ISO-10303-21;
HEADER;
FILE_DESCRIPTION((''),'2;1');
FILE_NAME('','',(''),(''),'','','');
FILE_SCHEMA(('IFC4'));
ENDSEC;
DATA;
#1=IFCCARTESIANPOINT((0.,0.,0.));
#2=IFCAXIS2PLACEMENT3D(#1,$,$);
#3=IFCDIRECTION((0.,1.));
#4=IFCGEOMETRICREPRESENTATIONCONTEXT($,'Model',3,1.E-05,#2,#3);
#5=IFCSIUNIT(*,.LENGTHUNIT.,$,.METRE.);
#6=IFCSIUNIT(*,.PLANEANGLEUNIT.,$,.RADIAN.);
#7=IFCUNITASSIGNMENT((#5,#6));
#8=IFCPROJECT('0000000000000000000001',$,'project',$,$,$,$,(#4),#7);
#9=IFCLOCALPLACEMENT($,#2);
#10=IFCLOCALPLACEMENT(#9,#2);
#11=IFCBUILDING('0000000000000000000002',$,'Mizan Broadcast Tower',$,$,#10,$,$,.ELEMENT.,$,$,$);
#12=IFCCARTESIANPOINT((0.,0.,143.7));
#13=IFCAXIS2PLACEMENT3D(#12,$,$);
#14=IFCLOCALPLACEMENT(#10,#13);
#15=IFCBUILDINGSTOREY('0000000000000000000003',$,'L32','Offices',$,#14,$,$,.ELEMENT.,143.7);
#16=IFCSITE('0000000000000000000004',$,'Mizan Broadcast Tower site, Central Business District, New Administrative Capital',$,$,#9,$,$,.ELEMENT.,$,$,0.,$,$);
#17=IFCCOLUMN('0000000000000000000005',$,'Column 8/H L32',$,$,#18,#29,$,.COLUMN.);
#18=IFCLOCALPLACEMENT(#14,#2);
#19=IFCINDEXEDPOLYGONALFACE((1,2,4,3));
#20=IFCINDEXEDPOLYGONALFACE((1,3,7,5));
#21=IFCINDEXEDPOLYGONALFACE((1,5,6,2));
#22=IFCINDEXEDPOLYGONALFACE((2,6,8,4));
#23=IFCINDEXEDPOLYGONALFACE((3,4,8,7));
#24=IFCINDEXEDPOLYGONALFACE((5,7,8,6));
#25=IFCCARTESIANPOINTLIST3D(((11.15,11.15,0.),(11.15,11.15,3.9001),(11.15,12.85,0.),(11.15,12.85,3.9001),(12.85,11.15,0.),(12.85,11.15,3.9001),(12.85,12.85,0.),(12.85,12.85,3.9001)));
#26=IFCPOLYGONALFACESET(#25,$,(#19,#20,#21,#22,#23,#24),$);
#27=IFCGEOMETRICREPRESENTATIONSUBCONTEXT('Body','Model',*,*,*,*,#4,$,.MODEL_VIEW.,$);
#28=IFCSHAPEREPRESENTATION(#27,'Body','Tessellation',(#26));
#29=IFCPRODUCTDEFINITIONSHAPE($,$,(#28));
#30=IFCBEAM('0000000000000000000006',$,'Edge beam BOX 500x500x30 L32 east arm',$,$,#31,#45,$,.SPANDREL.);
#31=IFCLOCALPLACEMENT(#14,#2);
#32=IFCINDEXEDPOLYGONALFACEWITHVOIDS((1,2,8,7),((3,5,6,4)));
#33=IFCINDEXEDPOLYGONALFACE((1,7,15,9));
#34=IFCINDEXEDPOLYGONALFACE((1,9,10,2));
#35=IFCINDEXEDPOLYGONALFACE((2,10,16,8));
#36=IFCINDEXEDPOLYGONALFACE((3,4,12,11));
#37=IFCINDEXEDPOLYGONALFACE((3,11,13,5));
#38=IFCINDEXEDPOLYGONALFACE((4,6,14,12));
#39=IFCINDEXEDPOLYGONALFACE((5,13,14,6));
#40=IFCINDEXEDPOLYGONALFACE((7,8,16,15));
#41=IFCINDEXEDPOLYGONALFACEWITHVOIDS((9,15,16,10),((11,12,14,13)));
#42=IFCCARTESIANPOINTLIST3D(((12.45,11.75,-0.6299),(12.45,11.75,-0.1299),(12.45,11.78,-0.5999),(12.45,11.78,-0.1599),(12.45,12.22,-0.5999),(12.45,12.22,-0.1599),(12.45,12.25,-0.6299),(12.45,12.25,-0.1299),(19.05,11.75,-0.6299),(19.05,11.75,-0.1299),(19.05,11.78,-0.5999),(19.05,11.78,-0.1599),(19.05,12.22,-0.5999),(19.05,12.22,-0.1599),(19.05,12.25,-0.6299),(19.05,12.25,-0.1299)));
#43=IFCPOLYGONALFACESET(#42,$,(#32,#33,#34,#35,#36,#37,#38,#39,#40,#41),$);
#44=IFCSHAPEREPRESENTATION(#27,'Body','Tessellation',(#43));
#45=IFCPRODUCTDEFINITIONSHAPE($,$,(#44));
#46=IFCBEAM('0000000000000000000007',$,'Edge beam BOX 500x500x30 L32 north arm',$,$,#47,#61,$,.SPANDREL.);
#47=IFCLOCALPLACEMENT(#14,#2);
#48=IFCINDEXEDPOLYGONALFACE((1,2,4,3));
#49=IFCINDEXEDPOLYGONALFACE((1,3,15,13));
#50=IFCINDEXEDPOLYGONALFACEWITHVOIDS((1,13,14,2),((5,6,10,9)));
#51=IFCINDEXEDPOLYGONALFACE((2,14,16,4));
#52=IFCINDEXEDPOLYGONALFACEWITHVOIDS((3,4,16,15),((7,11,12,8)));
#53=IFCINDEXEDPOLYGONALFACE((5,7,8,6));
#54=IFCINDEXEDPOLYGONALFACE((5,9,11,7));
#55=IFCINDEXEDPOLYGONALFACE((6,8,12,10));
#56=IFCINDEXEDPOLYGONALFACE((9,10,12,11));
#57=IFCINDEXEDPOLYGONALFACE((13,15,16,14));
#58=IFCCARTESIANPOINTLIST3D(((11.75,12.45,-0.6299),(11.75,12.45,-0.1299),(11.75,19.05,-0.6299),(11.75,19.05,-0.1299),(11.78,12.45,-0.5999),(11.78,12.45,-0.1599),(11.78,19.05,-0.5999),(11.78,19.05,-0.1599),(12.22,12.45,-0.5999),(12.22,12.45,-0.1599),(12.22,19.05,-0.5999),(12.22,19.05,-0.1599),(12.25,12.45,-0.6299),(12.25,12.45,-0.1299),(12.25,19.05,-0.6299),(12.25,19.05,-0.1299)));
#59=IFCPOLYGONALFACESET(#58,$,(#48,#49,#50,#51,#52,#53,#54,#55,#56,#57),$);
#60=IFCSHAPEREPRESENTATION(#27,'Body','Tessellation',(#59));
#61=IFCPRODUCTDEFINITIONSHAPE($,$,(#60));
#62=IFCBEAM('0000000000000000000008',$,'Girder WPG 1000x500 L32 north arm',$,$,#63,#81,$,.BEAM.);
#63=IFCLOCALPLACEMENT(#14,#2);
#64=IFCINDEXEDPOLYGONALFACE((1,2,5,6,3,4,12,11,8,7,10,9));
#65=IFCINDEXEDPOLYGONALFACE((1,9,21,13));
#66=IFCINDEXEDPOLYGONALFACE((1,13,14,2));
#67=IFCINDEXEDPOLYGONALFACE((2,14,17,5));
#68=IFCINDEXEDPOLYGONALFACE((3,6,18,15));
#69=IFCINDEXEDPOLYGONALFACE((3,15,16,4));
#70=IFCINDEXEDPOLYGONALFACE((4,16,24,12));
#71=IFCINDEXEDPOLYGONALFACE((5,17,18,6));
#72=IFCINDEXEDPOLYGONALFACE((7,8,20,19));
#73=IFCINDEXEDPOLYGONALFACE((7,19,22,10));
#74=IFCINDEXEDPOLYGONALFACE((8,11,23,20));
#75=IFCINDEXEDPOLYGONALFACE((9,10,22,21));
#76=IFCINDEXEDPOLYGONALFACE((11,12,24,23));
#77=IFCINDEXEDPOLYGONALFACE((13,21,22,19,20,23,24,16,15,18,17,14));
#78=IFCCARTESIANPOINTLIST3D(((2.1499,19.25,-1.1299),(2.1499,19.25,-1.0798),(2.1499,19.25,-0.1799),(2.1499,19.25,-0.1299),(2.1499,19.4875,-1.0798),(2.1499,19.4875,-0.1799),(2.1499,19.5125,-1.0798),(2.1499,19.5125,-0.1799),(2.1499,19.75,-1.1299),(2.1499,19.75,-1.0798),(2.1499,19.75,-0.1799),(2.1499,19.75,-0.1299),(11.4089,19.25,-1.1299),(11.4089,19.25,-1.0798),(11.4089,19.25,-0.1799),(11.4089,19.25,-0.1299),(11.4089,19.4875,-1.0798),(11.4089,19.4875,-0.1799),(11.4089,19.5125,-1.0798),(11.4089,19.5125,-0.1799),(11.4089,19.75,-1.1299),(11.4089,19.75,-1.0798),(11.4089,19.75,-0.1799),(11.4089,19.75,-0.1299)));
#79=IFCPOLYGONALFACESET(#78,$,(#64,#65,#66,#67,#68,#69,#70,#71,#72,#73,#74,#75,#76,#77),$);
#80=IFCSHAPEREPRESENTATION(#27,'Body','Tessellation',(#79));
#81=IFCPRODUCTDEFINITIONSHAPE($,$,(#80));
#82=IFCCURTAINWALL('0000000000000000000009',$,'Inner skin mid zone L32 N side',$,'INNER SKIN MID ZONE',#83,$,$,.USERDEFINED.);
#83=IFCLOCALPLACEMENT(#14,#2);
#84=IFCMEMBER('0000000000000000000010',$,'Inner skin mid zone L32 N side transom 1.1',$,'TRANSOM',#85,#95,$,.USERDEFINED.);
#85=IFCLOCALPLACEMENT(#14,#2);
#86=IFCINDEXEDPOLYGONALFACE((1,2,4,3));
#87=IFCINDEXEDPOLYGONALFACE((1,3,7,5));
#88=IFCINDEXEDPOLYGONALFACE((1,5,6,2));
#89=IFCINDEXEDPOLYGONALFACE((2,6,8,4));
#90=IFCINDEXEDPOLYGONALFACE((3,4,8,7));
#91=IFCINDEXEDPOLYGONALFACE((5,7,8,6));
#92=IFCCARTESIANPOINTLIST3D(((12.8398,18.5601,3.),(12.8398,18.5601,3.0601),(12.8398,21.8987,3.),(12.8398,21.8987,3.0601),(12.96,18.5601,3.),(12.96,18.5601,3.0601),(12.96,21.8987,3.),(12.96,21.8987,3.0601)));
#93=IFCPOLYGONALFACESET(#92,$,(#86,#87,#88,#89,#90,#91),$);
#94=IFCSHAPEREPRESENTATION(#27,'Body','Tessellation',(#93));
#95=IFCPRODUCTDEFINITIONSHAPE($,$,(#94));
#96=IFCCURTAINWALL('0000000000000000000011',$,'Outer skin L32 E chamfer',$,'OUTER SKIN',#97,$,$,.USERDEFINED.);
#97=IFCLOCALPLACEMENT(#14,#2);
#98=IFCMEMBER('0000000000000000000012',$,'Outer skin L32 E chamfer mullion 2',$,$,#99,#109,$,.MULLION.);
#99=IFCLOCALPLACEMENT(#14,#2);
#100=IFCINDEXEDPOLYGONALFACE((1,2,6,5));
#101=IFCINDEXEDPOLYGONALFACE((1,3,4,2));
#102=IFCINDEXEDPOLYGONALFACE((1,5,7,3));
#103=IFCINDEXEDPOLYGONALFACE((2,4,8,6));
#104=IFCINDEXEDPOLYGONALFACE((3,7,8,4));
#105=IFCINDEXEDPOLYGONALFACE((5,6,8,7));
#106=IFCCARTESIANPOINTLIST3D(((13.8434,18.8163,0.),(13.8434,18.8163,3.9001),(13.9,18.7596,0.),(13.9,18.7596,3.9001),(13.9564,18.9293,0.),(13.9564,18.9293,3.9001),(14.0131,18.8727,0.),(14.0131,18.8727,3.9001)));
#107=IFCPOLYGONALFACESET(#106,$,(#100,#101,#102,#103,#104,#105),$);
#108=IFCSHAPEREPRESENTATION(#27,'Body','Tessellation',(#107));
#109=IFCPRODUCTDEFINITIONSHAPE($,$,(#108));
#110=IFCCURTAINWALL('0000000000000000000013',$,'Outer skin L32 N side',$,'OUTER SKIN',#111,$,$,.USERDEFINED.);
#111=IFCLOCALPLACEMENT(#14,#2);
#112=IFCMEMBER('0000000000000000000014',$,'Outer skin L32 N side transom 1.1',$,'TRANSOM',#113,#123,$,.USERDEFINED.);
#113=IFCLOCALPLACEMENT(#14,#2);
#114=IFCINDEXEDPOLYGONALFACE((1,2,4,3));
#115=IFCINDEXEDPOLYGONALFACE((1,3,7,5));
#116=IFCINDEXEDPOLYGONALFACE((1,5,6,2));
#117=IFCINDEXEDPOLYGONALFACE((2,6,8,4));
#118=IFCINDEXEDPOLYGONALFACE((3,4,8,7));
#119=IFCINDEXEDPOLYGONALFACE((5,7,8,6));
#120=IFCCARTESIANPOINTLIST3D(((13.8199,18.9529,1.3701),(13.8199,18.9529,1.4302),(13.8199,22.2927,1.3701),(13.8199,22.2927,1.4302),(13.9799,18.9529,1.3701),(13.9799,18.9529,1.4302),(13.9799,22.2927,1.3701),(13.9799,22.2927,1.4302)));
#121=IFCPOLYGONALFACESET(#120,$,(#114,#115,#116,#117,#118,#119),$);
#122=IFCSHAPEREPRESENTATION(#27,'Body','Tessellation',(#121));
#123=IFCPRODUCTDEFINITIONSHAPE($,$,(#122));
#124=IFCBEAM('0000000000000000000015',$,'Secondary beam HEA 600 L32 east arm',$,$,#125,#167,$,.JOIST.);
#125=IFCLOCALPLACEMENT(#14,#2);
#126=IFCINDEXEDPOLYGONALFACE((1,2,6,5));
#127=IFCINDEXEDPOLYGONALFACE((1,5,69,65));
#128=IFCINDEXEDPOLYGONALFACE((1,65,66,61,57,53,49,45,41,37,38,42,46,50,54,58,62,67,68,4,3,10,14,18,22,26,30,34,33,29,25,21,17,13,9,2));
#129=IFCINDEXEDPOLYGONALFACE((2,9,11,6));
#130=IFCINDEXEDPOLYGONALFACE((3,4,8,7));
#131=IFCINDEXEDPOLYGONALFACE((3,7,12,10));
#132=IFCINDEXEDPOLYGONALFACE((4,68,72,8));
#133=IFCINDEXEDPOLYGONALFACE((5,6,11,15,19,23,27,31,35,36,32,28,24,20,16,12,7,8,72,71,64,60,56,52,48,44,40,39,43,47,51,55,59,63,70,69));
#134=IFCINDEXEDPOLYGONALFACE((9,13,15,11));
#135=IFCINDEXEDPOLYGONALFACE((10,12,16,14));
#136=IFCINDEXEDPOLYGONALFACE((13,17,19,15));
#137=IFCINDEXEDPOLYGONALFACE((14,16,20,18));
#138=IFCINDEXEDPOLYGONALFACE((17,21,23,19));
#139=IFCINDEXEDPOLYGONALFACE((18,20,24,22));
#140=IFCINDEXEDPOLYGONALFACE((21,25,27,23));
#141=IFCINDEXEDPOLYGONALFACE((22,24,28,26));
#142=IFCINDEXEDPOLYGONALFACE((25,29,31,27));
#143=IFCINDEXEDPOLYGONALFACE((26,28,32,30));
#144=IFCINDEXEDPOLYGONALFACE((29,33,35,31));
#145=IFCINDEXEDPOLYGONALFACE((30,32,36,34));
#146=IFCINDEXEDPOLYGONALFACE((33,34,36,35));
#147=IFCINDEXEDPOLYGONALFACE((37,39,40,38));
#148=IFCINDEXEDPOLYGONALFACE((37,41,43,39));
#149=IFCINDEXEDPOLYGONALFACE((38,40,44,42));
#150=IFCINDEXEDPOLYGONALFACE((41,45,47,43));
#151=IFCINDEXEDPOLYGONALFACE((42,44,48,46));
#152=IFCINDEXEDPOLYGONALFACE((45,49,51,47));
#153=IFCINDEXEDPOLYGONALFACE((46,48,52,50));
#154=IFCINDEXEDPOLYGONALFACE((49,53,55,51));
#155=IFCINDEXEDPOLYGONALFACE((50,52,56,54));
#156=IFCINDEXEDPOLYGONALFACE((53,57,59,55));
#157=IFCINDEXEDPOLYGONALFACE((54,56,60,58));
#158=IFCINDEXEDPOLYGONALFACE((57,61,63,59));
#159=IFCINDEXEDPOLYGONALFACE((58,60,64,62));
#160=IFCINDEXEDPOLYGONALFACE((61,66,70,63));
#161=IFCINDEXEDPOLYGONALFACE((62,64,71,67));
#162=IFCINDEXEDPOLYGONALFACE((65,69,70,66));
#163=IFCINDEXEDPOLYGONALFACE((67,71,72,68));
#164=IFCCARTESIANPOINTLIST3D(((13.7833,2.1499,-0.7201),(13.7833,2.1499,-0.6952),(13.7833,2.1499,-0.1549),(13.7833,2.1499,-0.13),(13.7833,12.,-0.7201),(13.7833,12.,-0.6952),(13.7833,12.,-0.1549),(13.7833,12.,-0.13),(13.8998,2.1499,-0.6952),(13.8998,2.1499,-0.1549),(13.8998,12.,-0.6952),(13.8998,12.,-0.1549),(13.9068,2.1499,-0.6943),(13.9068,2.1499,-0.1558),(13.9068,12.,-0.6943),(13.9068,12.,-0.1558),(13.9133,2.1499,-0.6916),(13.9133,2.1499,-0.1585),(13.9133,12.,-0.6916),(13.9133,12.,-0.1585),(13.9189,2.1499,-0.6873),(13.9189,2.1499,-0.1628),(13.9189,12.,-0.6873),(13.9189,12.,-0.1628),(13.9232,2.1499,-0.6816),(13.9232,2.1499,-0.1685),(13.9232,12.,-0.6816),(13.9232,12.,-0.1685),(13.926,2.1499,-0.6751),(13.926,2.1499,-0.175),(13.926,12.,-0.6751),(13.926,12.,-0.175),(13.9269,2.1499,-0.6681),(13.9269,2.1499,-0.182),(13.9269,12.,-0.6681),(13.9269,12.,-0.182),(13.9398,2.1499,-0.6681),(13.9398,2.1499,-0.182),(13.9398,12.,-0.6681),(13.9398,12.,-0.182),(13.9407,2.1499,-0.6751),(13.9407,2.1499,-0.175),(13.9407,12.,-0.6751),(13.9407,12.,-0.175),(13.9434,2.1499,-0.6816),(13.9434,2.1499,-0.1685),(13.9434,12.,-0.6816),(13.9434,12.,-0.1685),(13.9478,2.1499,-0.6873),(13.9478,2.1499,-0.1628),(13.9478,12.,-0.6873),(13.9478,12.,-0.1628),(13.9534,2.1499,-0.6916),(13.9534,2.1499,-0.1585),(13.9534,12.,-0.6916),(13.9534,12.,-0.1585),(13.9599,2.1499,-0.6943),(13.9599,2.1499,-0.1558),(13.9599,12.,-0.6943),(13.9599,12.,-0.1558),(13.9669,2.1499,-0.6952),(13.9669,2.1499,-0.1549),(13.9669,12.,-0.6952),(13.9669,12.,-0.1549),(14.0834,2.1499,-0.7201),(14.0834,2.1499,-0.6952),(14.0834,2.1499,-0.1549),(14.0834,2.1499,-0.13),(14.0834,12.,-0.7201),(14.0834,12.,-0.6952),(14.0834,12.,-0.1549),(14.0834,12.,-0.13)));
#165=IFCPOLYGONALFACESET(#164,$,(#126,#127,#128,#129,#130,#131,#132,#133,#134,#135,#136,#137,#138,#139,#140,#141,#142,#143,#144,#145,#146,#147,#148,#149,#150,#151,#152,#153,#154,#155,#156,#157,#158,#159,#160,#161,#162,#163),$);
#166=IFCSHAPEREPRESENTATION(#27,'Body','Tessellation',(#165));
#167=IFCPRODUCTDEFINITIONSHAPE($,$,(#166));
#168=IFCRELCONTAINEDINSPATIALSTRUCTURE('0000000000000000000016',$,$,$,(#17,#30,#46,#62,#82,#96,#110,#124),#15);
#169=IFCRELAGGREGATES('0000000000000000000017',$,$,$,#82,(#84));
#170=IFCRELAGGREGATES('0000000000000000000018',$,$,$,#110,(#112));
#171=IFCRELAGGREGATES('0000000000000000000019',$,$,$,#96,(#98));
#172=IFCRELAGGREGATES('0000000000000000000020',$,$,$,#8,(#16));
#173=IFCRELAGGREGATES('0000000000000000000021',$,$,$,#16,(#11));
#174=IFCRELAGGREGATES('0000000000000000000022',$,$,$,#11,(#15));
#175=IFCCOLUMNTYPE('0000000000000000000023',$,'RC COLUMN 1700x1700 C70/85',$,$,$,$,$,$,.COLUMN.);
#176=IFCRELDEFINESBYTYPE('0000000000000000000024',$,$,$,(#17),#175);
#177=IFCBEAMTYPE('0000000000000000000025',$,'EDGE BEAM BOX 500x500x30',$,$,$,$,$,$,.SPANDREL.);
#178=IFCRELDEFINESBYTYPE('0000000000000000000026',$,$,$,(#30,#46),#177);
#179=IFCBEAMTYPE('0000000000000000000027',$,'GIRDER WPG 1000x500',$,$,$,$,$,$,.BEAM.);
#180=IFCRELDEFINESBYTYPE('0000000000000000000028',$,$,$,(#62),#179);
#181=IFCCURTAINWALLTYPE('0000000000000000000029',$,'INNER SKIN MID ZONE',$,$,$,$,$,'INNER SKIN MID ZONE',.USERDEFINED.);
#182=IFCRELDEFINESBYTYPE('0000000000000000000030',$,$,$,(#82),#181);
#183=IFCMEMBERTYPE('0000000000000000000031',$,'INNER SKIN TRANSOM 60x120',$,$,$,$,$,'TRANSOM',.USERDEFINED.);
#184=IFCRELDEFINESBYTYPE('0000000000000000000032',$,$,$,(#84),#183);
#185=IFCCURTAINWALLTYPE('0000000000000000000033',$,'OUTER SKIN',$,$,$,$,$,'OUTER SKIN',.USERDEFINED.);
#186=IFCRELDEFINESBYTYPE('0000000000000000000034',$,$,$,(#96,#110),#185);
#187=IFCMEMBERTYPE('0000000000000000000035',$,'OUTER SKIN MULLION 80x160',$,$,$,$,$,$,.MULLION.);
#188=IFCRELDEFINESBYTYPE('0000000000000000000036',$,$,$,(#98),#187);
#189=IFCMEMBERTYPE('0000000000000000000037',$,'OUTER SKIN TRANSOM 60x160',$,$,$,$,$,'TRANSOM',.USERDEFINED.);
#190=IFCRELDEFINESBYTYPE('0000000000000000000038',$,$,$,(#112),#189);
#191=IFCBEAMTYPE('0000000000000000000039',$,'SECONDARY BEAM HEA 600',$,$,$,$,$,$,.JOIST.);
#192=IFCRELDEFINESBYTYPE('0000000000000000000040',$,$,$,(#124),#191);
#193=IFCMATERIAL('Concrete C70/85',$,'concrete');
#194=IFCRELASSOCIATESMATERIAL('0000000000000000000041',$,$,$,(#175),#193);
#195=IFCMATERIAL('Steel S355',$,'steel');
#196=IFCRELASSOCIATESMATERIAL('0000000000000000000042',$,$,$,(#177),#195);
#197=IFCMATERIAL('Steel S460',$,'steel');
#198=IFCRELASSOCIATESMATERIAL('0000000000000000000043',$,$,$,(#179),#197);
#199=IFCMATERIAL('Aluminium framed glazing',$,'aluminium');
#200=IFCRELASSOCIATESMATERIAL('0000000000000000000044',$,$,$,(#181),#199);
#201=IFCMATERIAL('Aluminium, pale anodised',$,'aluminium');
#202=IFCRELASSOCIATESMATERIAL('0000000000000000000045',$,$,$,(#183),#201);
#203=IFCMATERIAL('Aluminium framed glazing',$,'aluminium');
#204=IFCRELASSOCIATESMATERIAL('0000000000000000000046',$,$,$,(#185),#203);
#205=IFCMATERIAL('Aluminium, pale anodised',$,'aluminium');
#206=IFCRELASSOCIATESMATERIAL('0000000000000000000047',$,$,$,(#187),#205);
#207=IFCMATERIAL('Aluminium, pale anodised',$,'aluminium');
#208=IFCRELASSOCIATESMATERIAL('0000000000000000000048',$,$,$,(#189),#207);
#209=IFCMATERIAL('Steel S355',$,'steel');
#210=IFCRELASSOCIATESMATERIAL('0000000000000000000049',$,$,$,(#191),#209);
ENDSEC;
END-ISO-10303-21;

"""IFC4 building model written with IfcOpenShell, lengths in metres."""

from ifc_helpers import new_model, si_unit, direction, frame, origin, origin_2d, place, context, subcontext, project, spatial, rectangle, hollow_rectangle, i_section, extrude, material, material_profile, profile_set, type_object, element, aggregate, save


model = new_model("IFC4")

# Units and contexts
model_context = context("Model", 3, precision=1e-05, world=origin(), true_north=direction((0.0, 1.0)))
body_context = subcontext(model_context, "Body", "Model", "MODEL_VIEW")
ifc_project = project(units=[si_unit("LENGTHUNIT", "METRE"), si_unit("PLANEANGLEUNIT", "RADIAN")], contexts=[model_context])

# Site, building, storey
site_placement = place(None, origin())
site = spatial("IfcSite", under=ifc_project, at=site_placement, Name="Mizan Broadcast Tower site, Central Business District, New Administrative Capital", CompositionType="ELEMENT", RefElevation=0.0)
building_placement = place(site_placement, origin())
building = spatial("IfcBuilding", under=site, at=building_placement, Name="Mizan Broadcast Tower", CompositionType="ELEMENT")
storey_placement = place(building_placement, frame((0.0, 0.0, 143.7)))
storey = spatial("IfcBuildingStorey", under=building, at=storey_placement, Name="L32", Description="Offices", CompositionType="ELEMENT", Elevation=143.7)

# Column
ifc_material_1 = material(Name="Concrete C70/85", Category="concrete")
ifc_material_profile_1 = material_profile(ifc_material_1, rectangle(XDim=1.7, YDim=1.7, at=origin_2d()), Name="RC 1700x1700")
ifc_profile_set_1 = profile_set([ifc_material_profile_1], Name="Concrete C70/85")
column_type = type_object("IfcColumnType", Name="RC COLUMN 1700x1700 C70/85", PredefinedType="COLUMN", material=ifc_profile_set_1)
column_placement = place(storey_placement, frame((12.0, 12.0, 0.0), z_axis=(0.0, 0.0, 1.0), x_axis=(1.0, 0.0, 0.0)))
element("IfcColumn", 1, at=column_placement, inside=storey, type_object=column_type, Name="Column 8/H L32", PredefinedType="COLUMN", context=body_context, shape_type="SweptSolid", body=[
    extrude(rectangle(XDim=1.7, YDim=1.7, at=origin_2d()), origin(), (0.0, 0.0, 1.0), 3.9001),
])

# Beams
ifc_material_2 = material(Name="Steel S355", Category="steel")
ifc_material_profile_2 = material_profile(ifc_material_2, hollow_rectangle(XDim=0.5, YDim=0.5, WallThickness=0.03, at=origin_2d()), Name="BOX 500x500x30")
ifc_profile_set_2 = profile_set([ifc_material_profile_2], Name="Steel S355")
beam_type_1 = type_object("IfcBeamType", Name="EDGE BEAM BOX 500x500x30", PredefinedType="SPANDREL", material=ifc_profile_set_2)
for number, where, z_axis, x_axis, name in (
    (2, (12.45, 12.0, -0.3799), (1.0, 0.0, 0.0), (0.0, 1.0, 0.0), "Edge beam BOX 500x500x30 L32 east arm"),
    (3, (12.0, 12.45, -0.3799), (0.0, 1.0, 0.0), (-1.0, 0.0, 0.0), "Edge beam BOX 500x500x30 L32 north arm"),
):
    element("IfcBeam", number, at=place(storey_placement, frame(where, z_axis=z_axis, x_axis=x_axis)), inside=storey, type_object=beam_type_1, Name=name, PredefinedType="SPANDREL", context=body_context, shape_type="SweptSolid", body=[
        extrude(hollow_rectangle(XDim=0.5, YDim=0.5, WallThickness=0.03, at=origin_2d()), origin(), (0.0, 0.0, 1.0), 6.6001),
    ])
ifc_material_3 = material(Name="Steel S460", Category="steel")
ifc_material_profile_3 = material_profile(ifc_material_3, i_section(OverallWidth=0.5, OverallDepth=1.0, WebThickness=0.0249, FlangeThickness=0.05, at=origin_2d()), Name="WPG 1000x500")
ifc_profile_set_3 = profile_set([ifc_material_profile_3], Name="Steel S460")
beam_type_2 = type_object("IfcBeamType", Name="GIRDER WPG 1000x500", PredefinedType="BEAM", material=ifc_profile_set_3)
beam_1_placement = place(storey_placement, frame((11.4089, 19.5, -0.6299), z_axis=(-1.0, 0.0, 0.0), x_axis=(0.0, -1.0, 0.0)))
element("IfcBeam", 4, at=beam_1_placement, inside=storey, type_object=beam_type_2, Name="Girder WPG 1000x500 L32 north arm", PredefinedType="BEAM", context=body_context, shape_type="SweptSolid", body=[
    extrude(i_section(OverallWidth=0.5, OverallDepth=1.0, WebThickness=0.0249, FlangeThickness=0.05, at=origin_2d()), origin(), (0.0, 0.0, 1.0), 9.259),
])

# Curtain walls, members
ifc_material_4 = material(Name="Aluminium framed glazing", Category="aluminium")
curtain_wall_type_1 = type_object("IfcCurtainWallType", Name="INNER SKIN MID ZONE", ElementType="INNER SKIN MID ZONE", PredefinedType="USERDEFINED", material=ifc_material_4)
curtain_wall_1_placement = place(storey_placement, origin())
curtain_wall_1 = element("IfcCurtainWall", 5, at=curtain_wall_1_placement, inside=storey, type_object=curtain_wall_type_1, Name="Inner skin mid zone L32 N side", ObjectType="INNER SKIN MID ZONE", PredefinedType="USERDEFINED")
ifc_material_5 = material(Name="Aluminium, pale anodised", Category="aluminium")
ifc_material_profile_4 = material_profile(ifc_material_5, rectangle(XDim=0.1201, YDim=0.0601, at=origin_2d()), Name="TRANSOM 120x60")
ifc_profile_set_4 = profile_set([ifc_material_profile_4], Name="Aluminium, pale anodised")
member_type_1 = type_object("IfcMemberType", Name="INNER SKIN TRANSOM 60x120", ElementType="TRANSOM", PredefinedType="USERDEFINED", material=ifc_profile_set_4)
member_1_placement = place(storey_placement, frame((12.8999, 18.5601, 3.03), z_axis=(0.0, 1.0, 0.0), x_axis=(-1.0, 0.0, 0.0)))
member_1 = element("IfcMember", 6, at=member_1_placement, type_object=member_type_1, Name="Inner skin mid zone L32 N side transom 1.1", ObjectType="TRANSOM", PredefinedType="USERDEFINED", context=body_context, shape_type="SweptSolid", body=[
    extrude(rectangle(XDim=0.1201, YDim=0.0601, at=origin_2d()), origin(), (0.0, 0.0, 1.0), 3.3386),
])
aggregate(curtain_wall_1, [member_1])
ifc_material_6 = material(Name="Aluminium framed glazing", Category="aluminium")
curtain_wall_type_2 = type_object("IfcCurtainWallType", Name="OUTER SKIN", ElementType="OUTER SKIN", PredefinedType="USERDEFINED", material=ifc_material_6)
curtain_wall_2_placement = place(storey_placement, origin())
curtain_wall_2 = element("IfcCurtainWall", 7, at=curtain_wall_2_placement, inside=storey, type_object=curtain_wall_type_2, Name="Outer skin L32 E chamfer", ObjectType="OUTER SKIN", PredefinedType="USERDEFINED")
ifc_material_7 = material(Name="Aluminium, pale anodised", Category="aluminium")
ifc_material_profile_5 = material_profile(ifc_material_7, rectangle(XDim=0.1599, YDim=0.0801, at=origin_2d()), Name="MULLION 160x80")
ifc_profile_set_5 = profile_set([ifc_material_profile_5], Name="Aluminium, pale anodised")
member_type_2 = type_object("IfcMemberType", Name="OUTER SKIN MULLION 80x160", PredefinedType="MULLION", material=ifc_profile_set_5)
member_2_placement = place(storey_placement, frame((13.9282, 18.8445, 0.0), z_axis=(0.0, 0.0, 1.0), x_axis=(-0.707107, -0.707107, 0.0)))
member_2 = element("IfcMember", 8, at=member_2_placement, type_object=member_type_2, Name="Outer skin L32 E chamfer mullion 2", PredefinedType="MULLION", context=body_context, shape_type="SweptSolid", body=[
    extrude(rectangle(XDim=0.1599, YDim=0.0801, at=origin_2d()), origin(), (0.0, 0.0, 1.0), 3.9001),
])
curtain_wall_3_placement = place(storey_placement, origin())
curtain_wall_3 = element("IfcCurtainWall", 9, at=curtain_wall_3_placement, inside=storey, type_object=curtain_wall_type_2, Name="Outer skin L32 N side", ObjectType="OUTER SKIN", PredefinedType="USERDEFINED")
ifc_material_8 = material(Name="Aluminium, pale anodised", Category="aluminium")
ifc_material_profile_6 = material_profile(ifc_material_8, rectangle(XDim=0.1599, YDim=0.0601, at=origin_2d()), Name="TRANSOM 160x60")
ifc_profile_set_6 = profile_set([ifc_material_profile_6], Name="Aluminium, pale anodised")
member_type_3 = type_object("IfcMemberType", Name="OUTER SKIN TRANSOM 60x160", ElementType="TRANSOM", PredefinedType="USERDEFINED", material=ifc_profile_set_6)
member_3_placement = place(storey_placement, frame((13.8999, 18.9529, 1.4001), z_axis=(0.0, 1.0, 0.0), x_axis=(-1.0, 0.0, 0.0)))
member_3 = element("IfcMember", 10, at=member_3_placement, type_object=member_type_3, Name="Outer skin L32 N side transom 1.1", ObjectType="TRANSOM", PredefinedType="USERDEFINED", context=body_context, shape_type="SweptSolid", body=[
    extrude(rectangle(XDim=0.1599, YDim=0.0601, at=origin_2d()), origin(), (0.0, 0.0, 1.0), 3.3398),
])
aggregate(curtain_wall_3, [member_3])

# Beam
ifc_material_9 = material(Name="Steel S355", Category="steel")
ifc_material_profile_7 = material_profile(ifc_material_9, i_section(OverallWidth=0.3, OverallDepth=0.5901, WebThickness=0.0129, FlangeThickness=0.0249, FilletRadius=0.0271, at=origin_2d()), Name="HEA 600")
ifc_profile_set_7 = profile_set([ifc_material_profile_7], Name="Steel S355")
beam_type_3 = type_object("IfcBeamType", Name="SECONDARY BEAM HEA 600", PredefinedType="JOIST", material=ifc_profile_set_7)
for number, where, z_axis, x_axis, name in (
    (11, (13.9333, 12.0, -0.425), (0.0, -1.0, 0.0), (1.0, 0.0, 0.0), "Secondary beam HEA 600 L32 east arm"),
):
    element("IfcBeam", number, at=place(storey_placement, frame(where, z_axis=z_axis, x_axis=x_axis)), inside=storey, type_object=beam_type_3, Name=name, PredefinedType="JOIST", context=body_context, shape_type="SweptSolid", body=[
        extrude(i_section(OverallWidth=0.3, OverallDepth=0.5901, WebThickness=0.0129, FlangeThickness=0.0249, FilletRadius=0.0271, at=origin_2d()), origin(), (0.0, 0.0, 1.0), 9.8501),
    ])

aggregate(curtain_wall_2, [member_2])

save(model, "model.ifc")
